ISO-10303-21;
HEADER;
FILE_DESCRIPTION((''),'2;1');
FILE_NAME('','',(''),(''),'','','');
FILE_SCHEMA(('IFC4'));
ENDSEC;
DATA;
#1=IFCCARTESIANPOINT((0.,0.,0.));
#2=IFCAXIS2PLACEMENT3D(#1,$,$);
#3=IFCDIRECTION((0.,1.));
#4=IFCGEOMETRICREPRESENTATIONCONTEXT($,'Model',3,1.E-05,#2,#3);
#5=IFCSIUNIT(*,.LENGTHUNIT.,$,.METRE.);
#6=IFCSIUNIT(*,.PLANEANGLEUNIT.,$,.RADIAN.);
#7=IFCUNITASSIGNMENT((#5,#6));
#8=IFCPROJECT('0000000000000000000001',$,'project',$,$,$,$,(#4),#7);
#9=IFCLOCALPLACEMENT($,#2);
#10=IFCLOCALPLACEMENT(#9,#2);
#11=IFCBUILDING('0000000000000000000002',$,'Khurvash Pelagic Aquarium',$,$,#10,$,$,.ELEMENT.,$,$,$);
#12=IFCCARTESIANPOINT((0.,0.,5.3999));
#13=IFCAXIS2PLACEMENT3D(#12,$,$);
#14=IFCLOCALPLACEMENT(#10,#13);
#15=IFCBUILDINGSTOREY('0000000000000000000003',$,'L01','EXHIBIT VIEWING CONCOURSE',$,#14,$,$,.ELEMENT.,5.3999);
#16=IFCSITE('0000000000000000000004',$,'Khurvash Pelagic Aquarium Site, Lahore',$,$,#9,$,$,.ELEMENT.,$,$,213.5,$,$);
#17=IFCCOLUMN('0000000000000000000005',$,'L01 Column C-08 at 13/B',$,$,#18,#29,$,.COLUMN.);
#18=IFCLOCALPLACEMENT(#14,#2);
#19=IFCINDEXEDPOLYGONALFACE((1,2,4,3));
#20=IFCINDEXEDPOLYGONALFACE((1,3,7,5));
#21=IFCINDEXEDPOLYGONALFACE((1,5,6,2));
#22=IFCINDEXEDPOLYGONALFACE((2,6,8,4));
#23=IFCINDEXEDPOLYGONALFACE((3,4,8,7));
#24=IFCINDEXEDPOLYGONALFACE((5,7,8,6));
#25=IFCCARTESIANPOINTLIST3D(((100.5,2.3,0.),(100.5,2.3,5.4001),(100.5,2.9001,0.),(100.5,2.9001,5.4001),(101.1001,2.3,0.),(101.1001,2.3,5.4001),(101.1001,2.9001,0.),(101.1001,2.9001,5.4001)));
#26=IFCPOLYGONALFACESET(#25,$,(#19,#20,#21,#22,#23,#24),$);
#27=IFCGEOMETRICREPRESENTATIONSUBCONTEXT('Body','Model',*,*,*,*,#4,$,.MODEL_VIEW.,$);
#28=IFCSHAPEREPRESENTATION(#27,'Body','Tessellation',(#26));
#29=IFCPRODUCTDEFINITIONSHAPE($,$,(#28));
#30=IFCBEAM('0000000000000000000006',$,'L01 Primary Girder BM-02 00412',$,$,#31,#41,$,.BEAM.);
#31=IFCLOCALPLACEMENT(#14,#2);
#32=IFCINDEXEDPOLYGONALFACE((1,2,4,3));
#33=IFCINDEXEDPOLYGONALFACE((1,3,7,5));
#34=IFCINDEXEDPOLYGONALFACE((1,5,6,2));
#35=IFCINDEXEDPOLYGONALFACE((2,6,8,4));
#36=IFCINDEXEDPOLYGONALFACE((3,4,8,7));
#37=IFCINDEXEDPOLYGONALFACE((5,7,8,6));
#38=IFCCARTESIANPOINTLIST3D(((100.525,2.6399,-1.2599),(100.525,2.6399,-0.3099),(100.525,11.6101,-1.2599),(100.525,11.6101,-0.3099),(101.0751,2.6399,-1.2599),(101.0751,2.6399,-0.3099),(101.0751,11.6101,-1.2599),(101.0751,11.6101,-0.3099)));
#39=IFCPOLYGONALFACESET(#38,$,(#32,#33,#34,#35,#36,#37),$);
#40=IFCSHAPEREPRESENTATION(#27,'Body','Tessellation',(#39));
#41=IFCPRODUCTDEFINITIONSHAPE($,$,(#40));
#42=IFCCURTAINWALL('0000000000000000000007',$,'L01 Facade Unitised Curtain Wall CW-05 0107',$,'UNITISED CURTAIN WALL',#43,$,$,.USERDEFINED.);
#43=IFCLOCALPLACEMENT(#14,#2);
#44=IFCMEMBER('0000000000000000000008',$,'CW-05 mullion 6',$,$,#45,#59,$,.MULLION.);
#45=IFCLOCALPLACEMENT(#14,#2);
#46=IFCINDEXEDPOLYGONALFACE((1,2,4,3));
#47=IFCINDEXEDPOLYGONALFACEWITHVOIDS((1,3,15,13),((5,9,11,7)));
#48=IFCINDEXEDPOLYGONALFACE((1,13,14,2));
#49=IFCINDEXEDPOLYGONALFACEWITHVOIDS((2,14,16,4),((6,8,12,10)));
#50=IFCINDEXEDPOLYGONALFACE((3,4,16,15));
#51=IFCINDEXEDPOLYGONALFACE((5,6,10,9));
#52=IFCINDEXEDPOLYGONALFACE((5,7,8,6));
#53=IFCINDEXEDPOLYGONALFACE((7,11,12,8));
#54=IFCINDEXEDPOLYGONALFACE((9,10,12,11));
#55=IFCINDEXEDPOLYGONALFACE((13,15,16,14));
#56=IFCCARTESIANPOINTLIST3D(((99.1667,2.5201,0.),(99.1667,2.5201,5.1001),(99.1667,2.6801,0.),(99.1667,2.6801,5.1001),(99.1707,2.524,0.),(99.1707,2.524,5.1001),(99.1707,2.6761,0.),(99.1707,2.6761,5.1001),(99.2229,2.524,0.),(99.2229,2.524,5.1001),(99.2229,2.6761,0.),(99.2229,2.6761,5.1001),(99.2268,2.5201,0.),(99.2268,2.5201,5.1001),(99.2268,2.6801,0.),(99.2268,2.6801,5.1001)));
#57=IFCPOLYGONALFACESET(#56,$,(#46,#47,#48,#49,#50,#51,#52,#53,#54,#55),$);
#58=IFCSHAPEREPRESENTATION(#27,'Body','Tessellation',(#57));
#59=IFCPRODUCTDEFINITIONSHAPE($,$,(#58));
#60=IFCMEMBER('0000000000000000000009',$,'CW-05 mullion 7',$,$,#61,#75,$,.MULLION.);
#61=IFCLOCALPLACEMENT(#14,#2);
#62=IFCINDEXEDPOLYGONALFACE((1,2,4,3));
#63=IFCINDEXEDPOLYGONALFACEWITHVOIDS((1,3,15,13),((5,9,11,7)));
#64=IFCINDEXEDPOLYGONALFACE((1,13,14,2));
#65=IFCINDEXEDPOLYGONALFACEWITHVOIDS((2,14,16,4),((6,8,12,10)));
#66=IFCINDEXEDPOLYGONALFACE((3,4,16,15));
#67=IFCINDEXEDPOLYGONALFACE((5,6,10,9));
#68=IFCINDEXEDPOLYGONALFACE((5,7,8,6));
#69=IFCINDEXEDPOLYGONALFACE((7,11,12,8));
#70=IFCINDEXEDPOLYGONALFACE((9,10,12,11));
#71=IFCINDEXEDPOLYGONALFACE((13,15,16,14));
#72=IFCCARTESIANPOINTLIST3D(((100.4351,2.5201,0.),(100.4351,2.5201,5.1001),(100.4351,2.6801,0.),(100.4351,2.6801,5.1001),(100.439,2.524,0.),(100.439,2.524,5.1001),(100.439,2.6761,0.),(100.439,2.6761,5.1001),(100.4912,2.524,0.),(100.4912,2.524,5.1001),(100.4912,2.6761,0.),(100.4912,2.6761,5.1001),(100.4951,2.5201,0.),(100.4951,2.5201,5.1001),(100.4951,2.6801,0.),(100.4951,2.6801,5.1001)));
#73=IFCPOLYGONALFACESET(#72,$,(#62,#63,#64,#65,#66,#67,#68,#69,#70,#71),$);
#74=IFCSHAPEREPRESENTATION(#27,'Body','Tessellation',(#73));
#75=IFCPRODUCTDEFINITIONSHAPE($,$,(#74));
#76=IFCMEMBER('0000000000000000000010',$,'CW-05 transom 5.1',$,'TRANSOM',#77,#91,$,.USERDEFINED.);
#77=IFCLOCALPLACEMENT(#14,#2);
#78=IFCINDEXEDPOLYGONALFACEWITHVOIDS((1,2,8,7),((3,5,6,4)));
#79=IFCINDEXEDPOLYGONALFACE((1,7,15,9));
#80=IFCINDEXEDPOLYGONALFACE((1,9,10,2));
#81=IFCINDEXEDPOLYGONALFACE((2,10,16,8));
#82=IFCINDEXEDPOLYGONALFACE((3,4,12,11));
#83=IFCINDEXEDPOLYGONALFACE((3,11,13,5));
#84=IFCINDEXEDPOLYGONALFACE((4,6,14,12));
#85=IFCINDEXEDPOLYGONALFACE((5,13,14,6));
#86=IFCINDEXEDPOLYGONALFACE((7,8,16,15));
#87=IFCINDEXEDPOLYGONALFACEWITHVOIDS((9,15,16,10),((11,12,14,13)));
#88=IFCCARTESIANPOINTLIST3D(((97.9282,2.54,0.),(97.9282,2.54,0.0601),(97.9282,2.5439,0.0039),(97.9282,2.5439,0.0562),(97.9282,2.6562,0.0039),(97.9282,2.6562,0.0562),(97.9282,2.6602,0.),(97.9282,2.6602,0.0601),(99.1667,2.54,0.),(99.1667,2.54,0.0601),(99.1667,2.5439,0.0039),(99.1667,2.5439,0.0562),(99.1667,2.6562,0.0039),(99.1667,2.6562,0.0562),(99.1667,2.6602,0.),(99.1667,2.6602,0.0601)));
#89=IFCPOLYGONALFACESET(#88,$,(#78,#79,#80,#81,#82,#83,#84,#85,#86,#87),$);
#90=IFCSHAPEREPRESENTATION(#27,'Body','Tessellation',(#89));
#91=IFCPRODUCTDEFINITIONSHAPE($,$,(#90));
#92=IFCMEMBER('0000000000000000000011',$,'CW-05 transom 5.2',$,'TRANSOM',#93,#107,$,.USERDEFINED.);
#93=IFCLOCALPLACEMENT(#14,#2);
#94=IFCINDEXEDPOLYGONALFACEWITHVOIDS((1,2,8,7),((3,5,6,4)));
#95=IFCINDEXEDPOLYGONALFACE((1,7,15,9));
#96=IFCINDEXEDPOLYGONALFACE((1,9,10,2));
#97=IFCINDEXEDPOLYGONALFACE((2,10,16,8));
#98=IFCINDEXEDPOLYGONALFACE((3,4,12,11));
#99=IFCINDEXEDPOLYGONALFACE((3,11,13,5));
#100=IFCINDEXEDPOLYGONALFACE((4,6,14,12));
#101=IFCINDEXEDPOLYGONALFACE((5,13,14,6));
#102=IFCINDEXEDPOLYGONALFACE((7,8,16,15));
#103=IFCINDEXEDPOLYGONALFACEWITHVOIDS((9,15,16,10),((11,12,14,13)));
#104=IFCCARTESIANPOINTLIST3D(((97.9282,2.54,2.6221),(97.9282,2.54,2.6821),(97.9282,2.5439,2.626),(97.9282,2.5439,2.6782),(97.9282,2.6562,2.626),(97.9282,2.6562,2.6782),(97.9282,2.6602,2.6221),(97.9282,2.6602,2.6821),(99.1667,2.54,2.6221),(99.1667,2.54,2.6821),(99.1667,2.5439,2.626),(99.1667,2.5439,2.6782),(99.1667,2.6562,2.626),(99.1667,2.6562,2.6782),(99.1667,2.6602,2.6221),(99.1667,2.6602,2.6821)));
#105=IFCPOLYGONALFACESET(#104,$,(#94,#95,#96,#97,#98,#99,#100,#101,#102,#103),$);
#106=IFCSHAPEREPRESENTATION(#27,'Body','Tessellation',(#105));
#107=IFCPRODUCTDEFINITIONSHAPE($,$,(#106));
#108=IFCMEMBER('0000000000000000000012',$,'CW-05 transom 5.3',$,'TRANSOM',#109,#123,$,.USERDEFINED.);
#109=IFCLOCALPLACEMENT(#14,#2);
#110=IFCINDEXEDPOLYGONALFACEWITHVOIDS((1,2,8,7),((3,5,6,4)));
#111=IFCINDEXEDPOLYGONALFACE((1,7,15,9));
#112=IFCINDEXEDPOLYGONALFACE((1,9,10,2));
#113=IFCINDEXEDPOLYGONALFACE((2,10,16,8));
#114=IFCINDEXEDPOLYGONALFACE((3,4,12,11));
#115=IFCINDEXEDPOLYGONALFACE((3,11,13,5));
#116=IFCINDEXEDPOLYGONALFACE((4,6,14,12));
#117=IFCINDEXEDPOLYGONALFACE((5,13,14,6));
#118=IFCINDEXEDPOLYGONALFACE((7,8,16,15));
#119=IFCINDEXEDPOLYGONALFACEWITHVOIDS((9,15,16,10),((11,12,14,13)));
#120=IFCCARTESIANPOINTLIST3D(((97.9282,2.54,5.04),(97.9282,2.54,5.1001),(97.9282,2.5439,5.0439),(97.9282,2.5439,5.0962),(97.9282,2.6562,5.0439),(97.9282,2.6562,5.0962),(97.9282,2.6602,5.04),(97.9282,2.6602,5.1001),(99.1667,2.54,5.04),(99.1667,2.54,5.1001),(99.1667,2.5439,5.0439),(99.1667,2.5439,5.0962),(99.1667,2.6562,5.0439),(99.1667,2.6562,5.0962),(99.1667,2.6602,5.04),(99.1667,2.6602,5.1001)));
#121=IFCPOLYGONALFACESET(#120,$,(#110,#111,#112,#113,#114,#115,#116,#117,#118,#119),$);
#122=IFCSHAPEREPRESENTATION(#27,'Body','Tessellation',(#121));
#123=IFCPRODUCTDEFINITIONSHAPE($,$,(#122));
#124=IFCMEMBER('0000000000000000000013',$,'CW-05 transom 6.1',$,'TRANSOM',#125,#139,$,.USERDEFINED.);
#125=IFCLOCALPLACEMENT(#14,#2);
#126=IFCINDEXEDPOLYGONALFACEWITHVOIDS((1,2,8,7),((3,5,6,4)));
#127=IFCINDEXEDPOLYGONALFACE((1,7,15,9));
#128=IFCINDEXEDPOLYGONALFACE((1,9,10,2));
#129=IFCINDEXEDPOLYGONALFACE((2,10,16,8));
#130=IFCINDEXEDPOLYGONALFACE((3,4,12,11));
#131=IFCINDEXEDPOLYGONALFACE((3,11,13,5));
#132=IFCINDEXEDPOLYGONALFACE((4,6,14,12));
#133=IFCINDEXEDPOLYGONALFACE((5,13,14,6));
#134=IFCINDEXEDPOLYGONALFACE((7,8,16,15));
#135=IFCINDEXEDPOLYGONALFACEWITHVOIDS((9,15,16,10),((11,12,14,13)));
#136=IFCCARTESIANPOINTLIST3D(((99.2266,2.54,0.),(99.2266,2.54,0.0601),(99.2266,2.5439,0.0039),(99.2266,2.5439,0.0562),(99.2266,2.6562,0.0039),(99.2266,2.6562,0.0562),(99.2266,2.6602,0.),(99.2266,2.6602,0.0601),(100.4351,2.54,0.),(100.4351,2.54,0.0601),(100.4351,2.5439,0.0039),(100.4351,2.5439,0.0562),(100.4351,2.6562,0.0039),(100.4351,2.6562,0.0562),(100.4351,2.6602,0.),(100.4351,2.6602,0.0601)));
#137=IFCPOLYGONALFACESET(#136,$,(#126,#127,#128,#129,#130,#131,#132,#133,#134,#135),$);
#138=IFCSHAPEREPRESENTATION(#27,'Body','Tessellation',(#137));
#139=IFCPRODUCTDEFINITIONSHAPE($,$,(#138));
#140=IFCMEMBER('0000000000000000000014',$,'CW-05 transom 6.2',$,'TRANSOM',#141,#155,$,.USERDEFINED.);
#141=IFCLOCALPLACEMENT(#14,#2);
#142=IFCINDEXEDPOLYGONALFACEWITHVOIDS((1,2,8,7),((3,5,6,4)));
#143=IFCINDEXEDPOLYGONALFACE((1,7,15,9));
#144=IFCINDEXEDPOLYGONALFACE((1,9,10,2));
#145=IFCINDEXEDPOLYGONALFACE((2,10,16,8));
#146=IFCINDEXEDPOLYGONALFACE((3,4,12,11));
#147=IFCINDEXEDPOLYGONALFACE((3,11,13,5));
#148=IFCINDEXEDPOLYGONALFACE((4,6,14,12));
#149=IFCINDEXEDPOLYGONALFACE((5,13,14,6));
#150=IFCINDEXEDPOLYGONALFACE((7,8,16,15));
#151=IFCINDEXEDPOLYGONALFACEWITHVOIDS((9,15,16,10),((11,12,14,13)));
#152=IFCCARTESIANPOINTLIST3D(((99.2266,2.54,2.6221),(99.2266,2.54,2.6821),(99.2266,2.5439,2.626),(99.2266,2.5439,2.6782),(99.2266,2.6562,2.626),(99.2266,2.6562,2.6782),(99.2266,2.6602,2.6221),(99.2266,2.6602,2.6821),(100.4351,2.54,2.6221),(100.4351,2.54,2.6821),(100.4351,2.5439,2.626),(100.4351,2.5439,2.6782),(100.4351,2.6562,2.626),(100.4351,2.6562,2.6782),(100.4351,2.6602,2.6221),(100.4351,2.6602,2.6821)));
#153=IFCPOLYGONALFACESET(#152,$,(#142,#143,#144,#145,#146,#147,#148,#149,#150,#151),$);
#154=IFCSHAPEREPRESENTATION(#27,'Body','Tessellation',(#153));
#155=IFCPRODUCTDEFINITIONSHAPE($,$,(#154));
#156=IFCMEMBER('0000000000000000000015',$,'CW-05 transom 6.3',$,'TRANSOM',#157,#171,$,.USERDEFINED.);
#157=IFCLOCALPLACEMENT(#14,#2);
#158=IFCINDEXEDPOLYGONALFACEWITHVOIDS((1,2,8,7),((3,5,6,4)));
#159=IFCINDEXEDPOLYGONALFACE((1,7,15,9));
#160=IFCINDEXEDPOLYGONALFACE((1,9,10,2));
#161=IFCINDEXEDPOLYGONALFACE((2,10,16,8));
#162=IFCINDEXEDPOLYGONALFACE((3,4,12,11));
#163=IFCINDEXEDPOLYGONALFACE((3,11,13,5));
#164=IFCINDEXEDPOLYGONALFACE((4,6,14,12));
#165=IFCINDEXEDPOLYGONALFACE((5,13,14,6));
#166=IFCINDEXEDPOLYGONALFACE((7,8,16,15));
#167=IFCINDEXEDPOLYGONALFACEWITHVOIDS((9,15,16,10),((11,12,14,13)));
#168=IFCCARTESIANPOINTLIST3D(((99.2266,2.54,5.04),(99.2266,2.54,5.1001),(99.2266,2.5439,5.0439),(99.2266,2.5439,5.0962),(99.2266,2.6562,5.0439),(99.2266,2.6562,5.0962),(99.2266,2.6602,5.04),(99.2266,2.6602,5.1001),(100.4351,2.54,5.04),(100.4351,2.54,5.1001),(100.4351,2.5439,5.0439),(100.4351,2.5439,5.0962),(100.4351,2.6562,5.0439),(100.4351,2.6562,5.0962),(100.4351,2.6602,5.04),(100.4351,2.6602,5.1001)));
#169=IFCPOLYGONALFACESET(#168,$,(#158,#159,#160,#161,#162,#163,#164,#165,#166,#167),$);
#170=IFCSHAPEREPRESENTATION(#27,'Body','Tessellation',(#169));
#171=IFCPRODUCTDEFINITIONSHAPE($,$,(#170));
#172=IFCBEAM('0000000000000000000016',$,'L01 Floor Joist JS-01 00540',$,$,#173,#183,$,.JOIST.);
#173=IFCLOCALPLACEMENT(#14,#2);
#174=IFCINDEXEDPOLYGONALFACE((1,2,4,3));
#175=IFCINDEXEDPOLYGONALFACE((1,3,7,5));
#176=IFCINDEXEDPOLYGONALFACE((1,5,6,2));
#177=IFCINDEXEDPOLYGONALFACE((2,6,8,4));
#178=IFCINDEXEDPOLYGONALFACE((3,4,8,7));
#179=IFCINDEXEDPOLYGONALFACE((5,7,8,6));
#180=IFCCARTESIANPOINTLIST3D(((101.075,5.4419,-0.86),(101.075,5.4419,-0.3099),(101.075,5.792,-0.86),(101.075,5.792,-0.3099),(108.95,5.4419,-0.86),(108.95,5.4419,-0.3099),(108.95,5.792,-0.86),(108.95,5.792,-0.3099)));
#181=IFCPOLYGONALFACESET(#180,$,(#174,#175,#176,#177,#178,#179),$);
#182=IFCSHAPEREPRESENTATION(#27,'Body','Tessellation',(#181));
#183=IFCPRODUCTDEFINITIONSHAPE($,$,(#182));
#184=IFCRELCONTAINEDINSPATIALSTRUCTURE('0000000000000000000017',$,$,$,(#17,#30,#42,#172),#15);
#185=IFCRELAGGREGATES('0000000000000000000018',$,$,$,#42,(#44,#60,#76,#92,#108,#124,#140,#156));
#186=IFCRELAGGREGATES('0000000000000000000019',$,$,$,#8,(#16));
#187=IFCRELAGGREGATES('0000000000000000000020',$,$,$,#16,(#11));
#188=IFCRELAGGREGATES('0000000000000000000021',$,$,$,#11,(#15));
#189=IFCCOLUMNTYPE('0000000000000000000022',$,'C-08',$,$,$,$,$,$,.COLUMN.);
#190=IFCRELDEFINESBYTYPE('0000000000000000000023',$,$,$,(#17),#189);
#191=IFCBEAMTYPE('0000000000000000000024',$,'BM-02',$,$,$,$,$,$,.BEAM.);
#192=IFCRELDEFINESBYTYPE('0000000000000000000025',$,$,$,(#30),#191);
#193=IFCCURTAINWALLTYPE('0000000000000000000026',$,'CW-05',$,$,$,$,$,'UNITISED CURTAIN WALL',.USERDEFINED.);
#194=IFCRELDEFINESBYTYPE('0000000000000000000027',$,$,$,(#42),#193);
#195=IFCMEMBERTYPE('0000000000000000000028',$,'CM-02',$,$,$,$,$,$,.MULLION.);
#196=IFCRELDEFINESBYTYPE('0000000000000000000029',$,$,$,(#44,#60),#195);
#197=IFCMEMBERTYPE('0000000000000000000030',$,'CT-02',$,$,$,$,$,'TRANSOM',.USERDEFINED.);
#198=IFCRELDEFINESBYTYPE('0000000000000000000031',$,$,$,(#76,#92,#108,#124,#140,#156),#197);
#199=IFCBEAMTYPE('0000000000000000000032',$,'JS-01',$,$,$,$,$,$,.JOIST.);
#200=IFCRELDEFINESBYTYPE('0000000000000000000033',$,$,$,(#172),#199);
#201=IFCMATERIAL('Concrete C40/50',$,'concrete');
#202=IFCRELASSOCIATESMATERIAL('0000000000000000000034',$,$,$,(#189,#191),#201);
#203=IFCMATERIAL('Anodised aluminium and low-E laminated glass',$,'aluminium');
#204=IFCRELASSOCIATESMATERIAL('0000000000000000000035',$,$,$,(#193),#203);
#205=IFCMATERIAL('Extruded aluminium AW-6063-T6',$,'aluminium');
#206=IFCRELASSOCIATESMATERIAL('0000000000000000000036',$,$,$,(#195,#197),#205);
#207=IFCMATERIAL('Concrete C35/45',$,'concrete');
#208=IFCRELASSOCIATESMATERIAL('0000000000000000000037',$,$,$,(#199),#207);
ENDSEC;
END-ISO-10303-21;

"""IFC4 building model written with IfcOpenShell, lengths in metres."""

from ifc_helpers import new_model, si_unit, direction, frame, origin, origin_2d, place, context, subcontext, project, spatial, rectangle, hollow_rectangle, extrude, material, material_profile, profile_set, type_object, element, aggregate, save


model = new_model("IFC4")

# Units and contexts
model_context = context("Model", 3, precision=1e-05, world=origin(), true_north=direction((0.0, 1.0)))
body_context = subcontext(model_context, "Body", "Model", "MODEL_VIEW")
ifc_project = project(units=[si_unit("LENGTHUNIT", "METRE"), si_unit("PLANEANGLEUNIT", "RADIAN")], contexts=[model_context])

# Site, building, storey
site_placement = place(None, origin())
site = spatial("IfcSite", under=ifc_project, at=site_placement, Name="Khurvash Pelagic Aquarium Site, Lahore", CompositionType="ELEMENT", RefElevation=213.5)
building_placement = place(site_placement, origin())
building = spatial("IfcBuilding", under=site, at=building_placement, Name="Khurvash Pelagic Aquarium", CompositionType="ELEMENT")
storey_placement = place(building_placement, frame((0.0, 0.0, 5.3999)))
storey = spatial("IfcBuildingStorey", under=building, at=storey_placement, Name="L01", Description="EXHIBIT VIEWING CONCOURSE", CompositionType="ELEMENT", Elevation=5.3999)

# Column
ifc_material_1 = material(Name="Concrete C40/50", Category="concrete")
ifc_material_profile_1 = material_profile(ifc_material_1, rectangle(XDim=0.6001, YDim=0.6001, at=origin_2d()), Name="RC600X600")
ifc_profile_set_1 = profile_set([ifc_material_profile_1], Name="Concrete C40/50")
column_type = type_object("IfcColumnType", Name="C-08", PredefinedType="COLUMN", material=ifc_profile_set_1)
column_placement = place(storey_placement, frame((100.8, 2.6001, 0.0), z_axis=(0.0, 0.0, 1.0), x_axis=(1.0, 0.0, 0.0)))
element("IfcColumn", 1, at=column_placement, inside=storey, type_object=column_type, Name="L01 Column C-08 at 13/B", PredefinedType="COLUMN", context=body_context, shape_type="SweptSolid", body=[
    extrude(rectangle(XDim=0.6001, YDim=0.6001, at=origin_2d()), origin(), (0.0, 0.0, 1.0), 5.4001),
])

# Beam
ifc_material_profile_2 = material_profile(ifc_material_1, rectangle(XDim=0.55, YDim=0.95, at=origin_2d()), Name="RC550X950")
ifc_profile_set_2 = profile_set([ifc_material_profile_2], Name="Concrete C40/50")
beam_type_1 = type_object("IfcBeamType", Name="BM-02", PredefinedType="BEAM", material=ifc_profile_set_2)
beam_1_placement = place(storey_placement, frame((100.8, 2.6399, -0.7849), z_axis=(0.0, 1.0, 0.0), x_axis=(-1.0, 0.0, 0.0)))
element("IfcBeam", 2, at=beam_1_placement, inside=storey, type_object=beam_type_1, Name="L01 Primary Girder BM-02 00412", PredefinedType="BEAM", context=body_context, shape_type="SweptSolid", body=[
    extrude(rectangle(XDim=0.55, YDim=0.95, at=origin_2d()), origin(), (0.0, 0.0, 1.0), 8.9702),
])

# Curtain wall, members
ifc_material_2 = material(Name="Anodised aluminium and low-E laminated glass", Category="aluminium")
curtain_wall_type = type_object("IfcCurtainWallType", Name="CW-05", ElementType="UNITISED CURTAIN WALL", PredefinedType="USERDEFINED", material=ifc_material_2)
curtain_wall_placement = place(storey_placement, origin())
curtain_wall = element("IfcCurtainWall", 3, at=curtain_wall_placement, inside=storey, type_object=curtain_wall_type, Name="L01 Facade Unitised Curtain Wall CW-05 0107", ObjectType="UNITISED CURTAIN WALL", PredefinedType="USERDEFINED")
ifc_material_3 = material(Name="Extruded aluminium AW-6063-T6", Category="aluminium")
ifc_material_profile_3 = material_profile(ifc_material_3, hollow_rectangle(XDim=0.0601, YDim=0.1599, WallThickness=0.0039, at=origin_2d()), Name="CWM60X160X4")
ifc_profile_set_3 = profile_set([ifc_material_profile_3], Name="Extruded aluminium AW-6063-T6")
member_type_1 = type_object("IfcMemberType", Name="CM-02", PredefinedType="MULLION", material=ifc_profile_set_3)
member_1_placement = place(storey_placement, frame((99.1968, 2.6001, 0.0), z_axis=(0.0, 0.0, 1.0), x_axis=(1.0, 0.0, 0.0)))
member_1 = element("IfcMember", 4, at=member_1_placement, type_object=member_type_1, Name="CW-05 mullion 6", PredefinedType="MULLION", context=body_context, shape_type="SweptSolid", body=[
    extrude(hollow_rectangle(XDim=0.0601, YDim=0.1599, WallThickness=0.0039, at=origin_2d()), origin(), (0.0, 0.0, 1.0), 5.1001),
])
member_2_placement = place(storey_placement, frame((100.4651, 2.6001, 0.0), z_axis=(0.0, 0.0, 1.0), x_axis=(1.0, 0.0, 0.0)))
member_2 = element("IfcMember", 5, at=member_2_placement, type_object=member_type_1, Name="CW-05 mullion 7", PredefinedType="MULLION", context=body_context, shape_type="SweptSolid", body=[
    extrude(hollow_rectangle(XDim=0.0601, YDim=0.1599, WallThickness=0.0039, at=origin_2d()), origin(), (0.0, 0.0, 1.0), 5.1001),
])
ifc_material_profile_4 = material_profile(ifc_material_3, hollow_rectangle(XDim=0.1201, YDim=0.0601, WallThickness=0.0039, at=origin_2d()), Name="CWT120X60X4")
ifc_profile_set_4 = profile_set([ifc_material_profile_4], Name="Extruded aluminium AW-6063-T6")
member_type_2 = type_object("IfcMemberType", Name="CT-02", ElementType="TRANSOM", PredefinedType="USERDEFINED", material=ifc_profile_set_4)
member_3_placement = place(storey_placement, frame((97.9282, 2.6001, 0.03), z_axis=(1.0, 0.0, 0.0), x_axis=(0.0, 1.0, 0.0)))
member_3 = element("IfcMember", 6, at=member_3_placement, type_object=member_type_2, Name="CW-05 transom 5.1", ObjectType="TRANSOM", PredefinedType="USERDEFINED", context=body_context, shape_type="SweptSolid", body=[
    extrude(hollow_rectangle(XDim=0.1201, YDim=0.0601, WallThickness=0.0039, at=origin_2d()), origin(), (0.0, 0.0, 1.0), 1.2385),
])
member_4_placement = place(storey_placement, frame((97.9282, 2.6001, 2.6521), z_axis=(1.0, 0.0, 0.0), x_axis=(0.0, 1.0, 0.0)))
member_4 = element("IfcMember", 7, at=member_4_placement, type_object=member_type_2, Name="CW-05 transom 5.2", ObjectType="TRANSOM", PredefinedType="USERDEFINED", context=body_context, shape_type="SweptSolid", body=[
    extrude(hollow_rectangle(XDim=0.1201, YDim=0.0601, WallThickness=0.0039, at=origin_2d()), origin(), (0.0, 0.0, 1.0), 1.2385),
])
member_5_placement = place(storey_placement, frame((97.9282, 2.6001, 5.0701), z_axis=(1.0, 0.0, 0.0), x_axis=(0.0, 1.0, 0.0)))
member_5 = element("IfcMember", 8, at=member_5_placement, type_object=member_type_2, Name="CW-05 transom 5.3", ObjectType="TRANSOM", PredefinedType="USERDEFINED", context=body_context, shape_type="SweptSolid", body=[
    extrude(hollow_rectangle(XDim=0.1201, YDim=0.0601, WallThickness=0.0039, at=origin_2d()), origin(), (0.0, 0.0, 1.0), 1.2385),
])
member_6_placement = place(storey_placement, frame((99.2266, 2.6001, 0.03), z_axis=(1.0, 0.0, 0.0), x_axis=(0.0, 1.0, 0.0)))
member_6 = element("IfcMember", 9, at=member_6_placement, type_object=member_type_2, Name="CW-05 transom 6.1", ObjectType="TRANSOM", PredefinedType="USERDEFINED", context=body_context, shape_type="SweptSolid", body=[
    extrude(hollow_rectangle(XDim=0.1201, YDim=0.0601, WallThickness=0.0039, at=origin_2d()), origin(), (0.0, 0.0, 1.0), 1.2085),
])
member_7_placement = place(storey_placement, frame((99.2266, 2.6001, 2.6521), z_axis=(1.0, 0.0, 0.0), x_axis=(0.0, 1.0, 0.0)))
member_7 = element("IfcMember", 10, at=member_7_placement, type_object=member_type_2, Name="CW-05 transom 6.2", ObjectType="TRANSOM", PredefinedType="USERDEFINED", context=body_context, shape_type="SweptSolid", body=[
    extrude(hollow_rectangle(XDim=0.1201, YDim=0.0601, WallThickness=0.0039, at=origin_2d()), origin(), (0.0, 0.0, 1.0), 1.2085),
])
member_8_placement = place(storey_placement, frame((99.2266, 2.6001, 5.0701), z_axis=(1.0, 0.0, 0.0), x_axis=(0.0, 1.0, 0.0)))
member_8 = element("IfcMember", 11, at=member_8_placement, type_object=member_type_2, Name="CW-05 transom 6.3", ObjectType="TRANSOM", PredefinedType="USERDEFINED", context=body_context, shape_type="SweptSolid", body=[
    extrude(hollow_rectangle(XDim=0.1201, YDim=0.0601, WallThickness=0.0039, at=origin_2d()), origin(), (0.0, 0.0, 1.0), 1.2085),
])

# Beam
ifc_material_4 = material(Name="Concrete C35/45", Category="concrete")
ifc_material_profile_5 = material_profile(ifc_material_4, rectangle(XDim=0.3501, YDim=0.55, at=origin_2d()), Name="RC350X550")
ifc_profile_set_5 = profile_set([ifc_material_profile_5], Name="Concrete C35/45")
beam_type_2 = type_object("IfcBeamType", Name="JS-01", PredefinedType="JOIST", material=ifc_profile_set_5)
beam_2_placement = place(storey_placement, frame((101.075, 5.6169, -0.585), z_axis=(1.0, 0.0, 0.0), x_axis=(0.0, 1.0, 0.0)))
element("IfcBeam", 12, at=beam_2_placement, inside=storey, type_object=beam_type_2, Name="L01 Floor Joist JS-01 00540", PredefinedType="JOIST", context=body_context, shape_type="SweptSolid", body=[
    extrude(rectangle(XDim=0.3501, YDim=0.55, at=origin_2d()), origin(), (0.0, 0.0, 1.0), 7.875),
])

aggregate(curtain_wall, [member_1, member_2, member_3, member_4, member_5, member_6, member_7, member_8])

save(model, "model.ifc")
